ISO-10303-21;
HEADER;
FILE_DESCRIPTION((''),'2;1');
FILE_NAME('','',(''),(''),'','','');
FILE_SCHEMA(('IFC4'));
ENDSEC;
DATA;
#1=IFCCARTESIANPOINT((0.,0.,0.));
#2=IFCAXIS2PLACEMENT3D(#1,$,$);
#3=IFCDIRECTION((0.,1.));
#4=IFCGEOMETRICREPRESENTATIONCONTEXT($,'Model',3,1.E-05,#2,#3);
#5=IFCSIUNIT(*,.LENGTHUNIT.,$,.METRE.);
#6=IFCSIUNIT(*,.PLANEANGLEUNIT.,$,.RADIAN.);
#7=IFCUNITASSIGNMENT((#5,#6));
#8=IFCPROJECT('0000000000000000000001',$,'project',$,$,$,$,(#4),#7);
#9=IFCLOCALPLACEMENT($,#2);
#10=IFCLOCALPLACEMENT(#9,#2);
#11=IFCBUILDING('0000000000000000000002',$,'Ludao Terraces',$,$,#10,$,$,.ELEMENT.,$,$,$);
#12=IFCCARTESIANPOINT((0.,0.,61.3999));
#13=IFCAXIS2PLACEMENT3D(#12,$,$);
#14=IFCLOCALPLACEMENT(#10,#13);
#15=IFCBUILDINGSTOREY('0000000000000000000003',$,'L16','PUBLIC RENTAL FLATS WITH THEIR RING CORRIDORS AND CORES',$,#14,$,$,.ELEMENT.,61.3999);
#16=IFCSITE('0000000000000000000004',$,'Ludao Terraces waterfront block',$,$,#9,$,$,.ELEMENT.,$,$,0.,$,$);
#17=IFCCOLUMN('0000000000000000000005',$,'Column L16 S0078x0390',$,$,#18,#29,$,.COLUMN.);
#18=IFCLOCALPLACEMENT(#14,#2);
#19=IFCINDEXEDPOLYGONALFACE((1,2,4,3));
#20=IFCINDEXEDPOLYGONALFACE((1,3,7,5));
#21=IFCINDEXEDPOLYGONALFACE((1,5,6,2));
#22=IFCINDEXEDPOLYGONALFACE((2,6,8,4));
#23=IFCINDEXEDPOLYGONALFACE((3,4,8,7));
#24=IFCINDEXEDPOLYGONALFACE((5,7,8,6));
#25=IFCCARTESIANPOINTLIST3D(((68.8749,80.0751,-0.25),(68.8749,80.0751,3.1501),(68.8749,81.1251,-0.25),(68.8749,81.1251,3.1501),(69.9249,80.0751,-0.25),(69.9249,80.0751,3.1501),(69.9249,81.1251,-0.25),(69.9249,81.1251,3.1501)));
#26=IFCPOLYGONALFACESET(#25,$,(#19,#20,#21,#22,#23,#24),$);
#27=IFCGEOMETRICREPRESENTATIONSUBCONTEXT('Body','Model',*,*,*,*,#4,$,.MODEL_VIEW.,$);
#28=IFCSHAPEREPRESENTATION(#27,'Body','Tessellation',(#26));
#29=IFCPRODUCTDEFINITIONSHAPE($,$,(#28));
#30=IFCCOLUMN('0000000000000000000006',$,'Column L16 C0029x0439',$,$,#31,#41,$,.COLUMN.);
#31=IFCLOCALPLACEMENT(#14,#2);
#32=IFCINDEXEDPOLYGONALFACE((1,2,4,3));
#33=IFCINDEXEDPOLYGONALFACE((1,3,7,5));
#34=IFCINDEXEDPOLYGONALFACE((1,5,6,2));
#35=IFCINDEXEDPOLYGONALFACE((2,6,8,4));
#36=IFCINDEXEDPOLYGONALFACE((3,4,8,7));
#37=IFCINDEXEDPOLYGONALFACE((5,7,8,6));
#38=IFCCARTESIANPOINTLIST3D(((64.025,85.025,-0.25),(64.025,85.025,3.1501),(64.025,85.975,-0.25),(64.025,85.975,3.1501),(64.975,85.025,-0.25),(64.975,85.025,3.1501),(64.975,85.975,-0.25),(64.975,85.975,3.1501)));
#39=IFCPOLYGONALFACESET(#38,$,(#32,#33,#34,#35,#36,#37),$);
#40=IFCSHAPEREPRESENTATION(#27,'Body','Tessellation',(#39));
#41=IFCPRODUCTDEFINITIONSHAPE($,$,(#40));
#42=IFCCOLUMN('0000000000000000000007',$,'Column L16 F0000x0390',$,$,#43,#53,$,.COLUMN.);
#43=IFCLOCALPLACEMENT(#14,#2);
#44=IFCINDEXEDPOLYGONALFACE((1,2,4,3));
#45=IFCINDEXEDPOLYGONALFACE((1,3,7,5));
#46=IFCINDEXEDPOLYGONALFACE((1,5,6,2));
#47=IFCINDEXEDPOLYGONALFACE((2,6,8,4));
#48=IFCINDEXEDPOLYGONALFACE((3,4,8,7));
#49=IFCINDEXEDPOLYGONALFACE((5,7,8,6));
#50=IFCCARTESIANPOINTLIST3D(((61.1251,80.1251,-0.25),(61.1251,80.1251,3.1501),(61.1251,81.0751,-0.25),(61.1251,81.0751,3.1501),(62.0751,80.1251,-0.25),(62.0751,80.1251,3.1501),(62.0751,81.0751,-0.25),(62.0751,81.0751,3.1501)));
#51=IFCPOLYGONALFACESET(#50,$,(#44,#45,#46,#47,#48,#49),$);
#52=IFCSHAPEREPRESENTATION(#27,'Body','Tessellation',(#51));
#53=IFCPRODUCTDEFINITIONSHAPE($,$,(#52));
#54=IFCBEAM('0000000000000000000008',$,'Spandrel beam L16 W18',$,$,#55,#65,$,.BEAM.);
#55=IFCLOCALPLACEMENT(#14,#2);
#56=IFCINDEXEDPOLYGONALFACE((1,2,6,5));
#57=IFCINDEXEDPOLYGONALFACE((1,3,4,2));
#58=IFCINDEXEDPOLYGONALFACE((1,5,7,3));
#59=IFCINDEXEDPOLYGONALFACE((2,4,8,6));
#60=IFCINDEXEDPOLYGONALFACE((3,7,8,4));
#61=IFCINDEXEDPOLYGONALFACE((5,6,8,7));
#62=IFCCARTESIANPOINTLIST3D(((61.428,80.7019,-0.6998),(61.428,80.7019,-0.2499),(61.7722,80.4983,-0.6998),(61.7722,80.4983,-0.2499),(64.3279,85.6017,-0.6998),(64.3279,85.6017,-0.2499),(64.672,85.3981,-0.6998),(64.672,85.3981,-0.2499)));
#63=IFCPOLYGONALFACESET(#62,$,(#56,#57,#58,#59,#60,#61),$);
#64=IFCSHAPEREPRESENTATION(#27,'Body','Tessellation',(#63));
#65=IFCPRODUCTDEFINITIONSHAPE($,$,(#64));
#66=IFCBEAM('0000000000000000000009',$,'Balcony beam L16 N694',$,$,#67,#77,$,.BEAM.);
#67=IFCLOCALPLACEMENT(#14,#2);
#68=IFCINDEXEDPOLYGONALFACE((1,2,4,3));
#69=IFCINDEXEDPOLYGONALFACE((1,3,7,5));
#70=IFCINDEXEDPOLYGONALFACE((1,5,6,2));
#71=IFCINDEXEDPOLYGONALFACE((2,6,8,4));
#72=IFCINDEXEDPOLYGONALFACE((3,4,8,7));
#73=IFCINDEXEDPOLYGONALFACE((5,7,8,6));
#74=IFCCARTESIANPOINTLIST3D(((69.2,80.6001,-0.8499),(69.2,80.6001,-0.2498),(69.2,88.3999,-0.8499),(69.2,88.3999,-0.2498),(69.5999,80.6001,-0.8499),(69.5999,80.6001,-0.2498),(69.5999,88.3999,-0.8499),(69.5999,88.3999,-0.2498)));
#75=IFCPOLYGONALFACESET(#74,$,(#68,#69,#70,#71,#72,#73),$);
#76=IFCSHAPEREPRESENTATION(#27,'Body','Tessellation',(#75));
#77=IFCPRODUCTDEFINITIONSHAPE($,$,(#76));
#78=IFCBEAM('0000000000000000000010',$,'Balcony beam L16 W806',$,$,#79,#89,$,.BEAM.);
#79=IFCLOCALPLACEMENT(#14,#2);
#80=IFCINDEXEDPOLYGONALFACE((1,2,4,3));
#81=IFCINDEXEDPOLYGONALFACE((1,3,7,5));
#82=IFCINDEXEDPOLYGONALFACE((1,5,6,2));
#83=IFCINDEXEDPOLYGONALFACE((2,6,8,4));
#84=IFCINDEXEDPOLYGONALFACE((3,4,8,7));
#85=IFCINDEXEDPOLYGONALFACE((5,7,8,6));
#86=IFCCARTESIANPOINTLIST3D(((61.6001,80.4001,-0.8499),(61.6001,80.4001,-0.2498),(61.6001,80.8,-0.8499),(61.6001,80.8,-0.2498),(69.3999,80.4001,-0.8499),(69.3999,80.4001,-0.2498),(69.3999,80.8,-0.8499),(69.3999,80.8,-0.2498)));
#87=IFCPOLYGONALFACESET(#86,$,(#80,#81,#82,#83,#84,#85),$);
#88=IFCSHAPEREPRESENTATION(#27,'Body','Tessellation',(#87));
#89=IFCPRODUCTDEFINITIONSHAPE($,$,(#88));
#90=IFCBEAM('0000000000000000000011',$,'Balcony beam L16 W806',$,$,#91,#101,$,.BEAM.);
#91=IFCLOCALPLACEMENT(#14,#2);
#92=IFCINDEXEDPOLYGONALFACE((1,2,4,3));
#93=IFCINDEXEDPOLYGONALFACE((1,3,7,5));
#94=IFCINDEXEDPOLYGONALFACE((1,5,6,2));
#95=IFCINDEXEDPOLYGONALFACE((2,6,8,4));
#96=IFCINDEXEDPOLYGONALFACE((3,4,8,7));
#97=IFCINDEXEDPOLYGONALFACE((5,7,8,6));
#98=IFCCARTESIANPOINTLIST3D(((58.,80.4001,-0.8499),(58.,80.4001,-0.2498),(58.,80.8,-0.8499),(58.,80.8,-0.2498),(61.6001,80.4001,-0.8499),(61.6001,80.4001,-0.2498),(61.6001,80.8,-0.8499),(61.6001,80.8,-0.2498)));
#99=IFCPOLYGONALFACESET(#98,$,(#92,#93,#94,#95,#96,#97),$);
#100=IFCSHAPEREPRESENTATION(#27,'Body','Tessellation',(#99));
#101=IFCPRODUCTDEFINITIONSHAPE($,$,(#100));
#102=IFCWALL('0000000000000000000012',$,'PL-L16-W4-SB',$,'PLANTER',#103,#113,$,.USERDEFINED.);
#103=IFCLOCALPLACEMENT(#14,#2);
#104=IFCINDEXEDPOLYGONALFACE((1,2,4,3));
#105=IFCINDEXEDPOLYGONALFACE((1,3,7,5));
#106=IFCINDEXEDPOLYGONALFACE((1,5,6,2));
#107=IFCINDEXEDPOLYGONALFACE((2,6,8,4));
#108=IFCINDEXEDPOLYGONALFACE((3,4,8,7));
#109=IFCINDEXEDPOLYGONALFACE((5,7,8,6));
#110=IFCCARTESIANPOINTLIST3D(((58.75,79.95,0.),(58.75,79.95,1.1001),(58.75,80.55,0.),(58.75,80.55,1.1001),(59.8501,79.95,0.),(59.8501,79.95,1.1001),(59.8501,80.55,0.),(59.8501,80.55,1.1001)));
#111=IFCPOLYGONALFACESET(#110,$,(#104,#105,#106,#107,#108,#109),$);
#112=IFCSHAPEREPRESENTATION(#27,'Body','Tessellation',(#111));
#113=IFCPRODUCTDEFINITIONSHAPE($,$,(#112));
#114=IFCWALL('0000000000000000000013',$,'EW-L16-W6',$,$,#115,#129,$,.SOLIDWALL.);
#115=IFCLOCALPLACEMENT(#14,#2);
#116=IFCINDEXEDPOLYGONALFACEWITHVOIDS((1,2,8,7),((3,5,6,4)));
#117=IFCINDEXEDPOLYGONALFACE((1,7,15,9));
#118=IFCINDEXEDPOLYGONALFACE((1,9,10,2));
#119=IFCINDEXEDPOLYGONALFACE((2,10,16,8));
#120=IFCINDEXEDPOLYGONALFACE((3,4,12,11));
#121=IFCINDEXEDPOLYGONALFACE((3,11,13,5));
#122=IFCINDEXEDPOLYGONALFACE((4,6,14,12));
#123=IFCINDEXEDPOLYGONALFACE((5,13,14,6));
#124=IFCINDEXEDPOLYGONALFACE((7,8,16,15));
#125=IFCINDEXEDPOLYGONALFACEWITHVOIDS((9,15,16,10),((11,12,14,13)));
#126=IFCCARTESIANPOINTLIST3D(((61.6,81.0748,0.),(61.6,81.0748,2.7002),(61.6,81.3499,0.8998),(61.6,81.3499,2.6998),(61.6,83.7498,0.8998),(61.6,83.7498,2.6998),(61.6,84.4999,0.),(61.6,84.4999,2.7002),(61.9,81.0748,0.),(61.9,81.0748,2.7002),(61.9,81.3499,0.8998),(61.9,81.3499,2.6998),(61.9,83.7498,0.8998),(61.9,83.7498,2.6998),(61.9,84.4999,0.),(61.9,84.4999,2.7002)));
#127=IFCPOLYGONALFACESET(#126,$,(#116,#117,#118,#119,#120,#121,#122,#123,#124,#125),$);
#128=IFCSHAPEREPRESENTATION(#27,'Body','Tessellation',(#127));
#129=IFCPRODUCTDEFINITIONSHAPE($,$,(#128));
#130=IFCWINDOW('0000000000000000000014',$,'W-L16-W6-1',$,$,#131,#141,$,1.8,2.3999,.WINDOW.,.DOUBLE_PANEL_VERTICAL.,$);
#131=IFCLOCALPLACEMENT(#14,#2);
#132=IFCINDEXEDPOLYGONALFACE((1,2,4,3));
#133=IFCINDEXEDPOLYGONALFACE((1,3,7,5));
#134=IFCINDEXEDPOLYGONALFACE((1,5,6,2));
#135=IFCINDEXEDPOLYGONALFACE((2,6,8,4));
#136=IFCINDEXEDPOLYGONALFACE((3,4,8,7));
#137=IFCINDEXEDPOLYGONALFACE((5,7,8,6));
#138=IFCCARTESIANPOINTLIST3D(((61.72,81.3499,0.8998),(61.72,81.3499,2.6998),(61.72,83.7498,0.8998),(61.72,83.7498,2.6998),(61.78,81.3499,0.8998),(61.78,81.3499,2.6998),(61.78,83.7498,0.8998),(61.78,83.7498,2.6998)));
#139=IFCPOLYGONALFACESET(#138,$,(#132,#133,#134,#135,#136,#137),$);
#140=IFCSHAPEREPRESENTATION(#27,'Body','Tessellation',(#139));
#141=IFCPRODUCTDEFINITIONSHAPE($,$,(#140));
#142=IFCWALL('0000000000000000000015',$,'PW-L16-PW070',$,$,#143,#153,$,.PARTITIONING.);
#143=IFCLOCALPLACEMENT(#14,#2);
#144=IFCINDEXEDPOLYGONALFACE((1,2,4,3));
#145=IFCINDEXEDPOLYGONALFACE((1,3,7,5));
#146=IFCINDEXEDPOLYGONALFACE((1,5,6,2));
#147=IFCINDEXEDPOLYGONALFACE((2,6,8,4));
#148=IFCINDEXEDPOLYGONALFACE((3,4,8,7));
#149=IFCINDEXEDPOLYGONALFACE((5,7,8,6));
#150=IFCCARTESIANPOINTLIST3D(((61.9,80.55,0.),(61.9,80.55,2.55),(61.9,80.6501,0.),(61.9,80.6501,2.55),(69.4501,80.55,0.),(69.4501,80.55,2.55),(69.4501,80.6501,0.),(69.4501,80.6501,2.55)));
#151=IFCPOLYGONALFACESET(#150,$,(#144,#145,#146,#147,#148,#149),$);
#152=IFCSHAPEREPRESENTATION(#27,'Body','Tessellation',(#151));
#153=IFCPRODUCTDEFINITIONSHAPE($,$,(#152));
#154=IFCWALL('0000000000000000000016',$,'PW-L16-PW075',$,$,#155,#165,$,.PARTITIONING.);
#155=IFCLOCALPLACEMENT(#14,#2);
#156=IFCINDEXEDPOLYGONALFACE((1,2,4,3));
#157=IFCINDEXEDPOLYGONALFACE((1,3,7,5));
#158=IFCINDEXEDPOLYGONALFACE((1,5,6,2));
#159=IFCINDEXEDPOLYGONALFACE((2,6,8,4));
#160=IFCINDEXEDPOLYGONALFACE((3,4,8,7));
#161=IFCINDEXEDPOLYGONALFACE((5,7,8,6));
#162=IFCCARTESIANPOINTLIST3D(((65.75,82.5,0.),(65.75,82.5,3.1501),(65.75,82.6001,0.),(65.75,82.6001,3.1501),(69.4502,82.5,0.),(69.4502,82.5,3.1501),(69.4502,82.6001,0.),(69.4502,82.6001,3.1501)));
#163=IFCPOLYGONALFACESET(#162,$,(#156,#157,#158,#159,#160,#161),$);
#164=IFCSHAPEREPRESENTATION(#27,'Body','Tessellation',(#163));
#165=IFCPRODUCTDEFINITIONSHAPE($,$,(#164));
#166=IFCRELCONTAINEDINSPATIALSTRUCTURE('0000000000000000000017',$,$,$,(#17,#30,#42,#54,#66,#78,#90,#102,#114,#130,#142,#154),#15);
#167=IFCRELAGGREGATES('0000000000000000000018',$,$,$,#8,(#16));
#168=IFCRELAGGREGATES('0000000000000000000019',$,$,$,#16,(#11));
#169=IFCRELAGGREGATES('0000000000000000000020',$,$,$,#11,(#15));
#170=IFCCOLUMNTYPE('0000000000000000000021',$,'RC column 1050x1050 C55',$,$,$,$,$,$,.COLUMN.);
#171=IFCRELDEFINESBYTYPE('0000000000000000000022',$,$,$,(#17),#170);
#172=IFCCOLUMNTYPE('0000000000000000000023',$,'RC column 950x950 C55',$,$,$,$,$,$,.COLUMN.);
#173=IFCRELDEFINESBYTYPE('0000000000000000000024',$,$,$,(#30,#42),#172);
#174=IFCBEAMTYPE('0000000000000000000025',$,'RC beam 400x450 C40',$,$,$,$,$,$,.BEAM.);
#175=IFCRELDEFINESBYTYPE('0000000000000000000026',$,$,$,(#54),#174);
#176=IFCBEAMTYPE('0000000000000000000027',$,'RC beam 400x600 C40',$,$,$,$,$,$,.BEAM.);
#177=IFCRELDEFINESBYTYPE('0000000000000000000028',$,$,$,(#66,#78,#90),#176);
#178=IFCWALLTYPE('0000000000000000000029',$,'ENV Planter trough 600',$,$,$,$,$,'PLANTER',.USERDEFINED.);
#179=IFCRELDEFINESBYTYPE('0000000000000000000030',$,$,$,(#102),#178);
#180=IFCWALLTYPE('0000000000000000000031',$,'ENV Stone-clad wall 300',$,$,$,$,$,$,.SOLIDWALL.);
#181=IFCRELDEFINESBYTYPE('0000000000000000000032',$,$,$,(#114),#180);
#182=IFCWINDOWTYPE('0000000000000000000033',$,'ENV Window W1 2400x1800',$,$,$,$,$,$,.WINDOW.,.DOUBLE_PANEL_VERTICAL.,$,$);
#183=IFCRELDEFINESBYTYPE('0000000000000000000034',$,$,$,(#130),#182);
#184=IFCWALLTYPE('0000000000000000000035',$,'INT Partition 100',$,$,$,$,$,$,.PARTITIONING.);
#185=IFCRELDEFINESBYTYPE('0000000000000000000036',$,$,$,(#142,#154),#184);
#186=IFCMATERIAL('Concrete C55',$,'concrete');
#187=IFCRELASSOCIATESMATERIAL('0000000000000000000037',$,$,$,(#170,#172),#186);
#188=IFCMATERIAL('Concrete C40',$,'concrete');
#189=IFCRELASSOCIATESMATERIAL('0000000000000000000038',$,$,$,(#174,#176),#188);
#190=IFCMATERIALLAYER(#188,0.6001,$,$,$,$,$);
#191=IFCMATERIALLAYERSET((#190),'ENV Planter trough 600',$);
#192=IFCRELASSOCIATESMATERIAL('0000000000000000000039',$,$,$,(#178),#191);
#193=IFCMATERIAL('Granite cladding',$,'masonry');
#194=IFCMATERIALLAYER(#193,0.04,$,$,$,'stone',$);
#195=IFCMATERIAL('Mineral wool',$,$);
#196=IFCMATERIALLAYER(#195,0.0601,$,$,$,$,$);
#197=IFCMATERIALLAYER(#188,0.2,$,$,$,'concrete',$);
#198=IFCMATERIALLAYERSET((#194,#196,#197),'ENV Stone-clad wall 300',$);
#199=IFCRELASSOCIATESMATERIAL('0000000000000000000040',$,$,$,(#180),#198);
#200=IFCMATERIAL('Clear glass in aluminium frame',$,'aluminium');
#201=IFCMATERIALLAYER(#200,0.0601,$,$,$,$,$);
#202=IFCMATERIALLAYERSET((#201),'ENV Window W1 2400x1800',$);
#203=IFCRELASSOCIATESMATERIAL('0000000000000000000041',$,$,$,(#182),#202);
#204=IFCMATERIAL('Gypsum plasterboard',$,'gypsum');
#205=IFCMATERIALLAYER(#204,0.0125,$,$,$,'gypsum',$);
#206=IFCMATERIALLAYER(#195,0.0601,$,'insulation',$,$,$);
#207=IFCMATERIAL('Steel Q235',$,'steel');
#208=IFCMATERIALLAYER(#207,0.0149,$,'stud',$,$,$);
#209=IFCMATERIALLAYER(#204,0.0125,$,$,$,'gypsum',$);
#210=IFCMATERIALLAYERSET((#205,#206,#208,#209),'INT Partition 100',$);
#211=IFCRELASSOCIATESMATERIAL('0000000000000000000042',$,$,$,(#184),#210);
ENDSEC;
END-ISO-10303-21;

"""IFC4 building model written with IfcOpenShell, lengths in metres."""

from ifc_helpers import new_model, si_unit, direction, frame, frame_2d, origin, origin_2d, place, context, subcontext, project, spatial, rectangle, extrude, material, layer, layer_set, material_profile, profile_set, type_object, element, fill, save


model = new_model("IFC4")

# Units and contexts
model_context = context("Model", 3, precision=1e-05, world=origin(), true_north=direction((0.0, 1.0)))
body_context = subcontext(model_context, "Body", "Model", "MODEL_VIEW")
ifc_project = project(units=[si_unit("LENGTHUNIT", "METRE"), si_unit("PLANEANGLEUNIT", "RADIAN")], contexts=[model_context])

# Site, building, storey
site_placement = place(None, origin())
site = spatial("IfcSite", under=ifc_project, at=site_placement, Name="Ludao Terraces waterfront block", CompositionType="ELEMENT", RefElevation=0.0)
building_placement = place(site_placement, origin())
building = spatial("IfcBuilding", under=site, at=building_placement, Name="Ludao Terraces", CompositionType="ELEMENT")
storey_placement = place(building_placement, frame((0.0, 0.0, 61.3999)))
storey = spatial("IfcBuildingStorey", under=building, at=storey_placement, Name="L16", Description="PUBLIC RENTAL FLATS WITH THEIR RING CORRIDORS AND CORES", CompositionType="ELEMENT", Elevation=61.3999)

# Columns
ifc_material_1 = material(Name="Concrete C55", Category="concrete")
ifc_material_profile_1 = material_profile(ifc_material_1, rectangle(XDim=1.05, YDim=1.05, at=origin_2d()), Name="1050 X 1050")
ifc_profile_set_1 = profile_set([ifc_material_profile_1], Name="Concrete C55")
column_type_1 = type_object("IfcColumnType", Name="RC column 1050x1050 C55", PredefinedType="COLUMN", material=ifc_profile_set_1)
column_placement = place(storey_placement, frame((69.3999, 80.6001, -0.25), z_axis=(0.0, 0.0, 1.0), x_axis=(1.0, 0.0, 0.0)))
element("IfcColumn", 1, at=column_placement, inside=storey, type_object=column_type_1, Name="Column L16 S0078x0390", PredefinedType="COLUMN", context=body_context, shape_type="SweptSolid", body=[
    extrude(rectangle(XDim=1.05, YDim=1.05, at=origin_2d()), origin(), (0.0, 0.0, 1.0), 3.4001),
])
ifc_material_profile_2 = material_profile(ifc_material_1, rectangle(XDim=0.95, YDim=0.95, at=origin_2d()), Name="950 X 950")
ifc_profile_set_2 = profile_set([ifc_material_profile_2], Name="Concrete C55")
column_type_2 = type_object("IfcColumnType", Name="RC column 950x950 C55", PredefinedType="COLUMN", material=ifc_profile_set_2)
for number, where, z_axis, x_axis, name in (
    (2, (64.5, 85.5, -0.25), (0.0, 0.0, 1.0), (1.0, 0.0, 0.0), "Column L16 C0029x0439"),
    (3, (61.6001, 80.6001, -0.25), (0.0, 0.0, 1.0), (1.0, 0.0, 0.0), "Column L16 F0000x0390"),
):
    element("IfcColumn", number, at=place(storey_placement, frame(where, z_axis=z_axis, x_axis=x_axis)), inside=storey, type_object=column_type_2, Name=name, PredefinedType="COLUMN", context=body_context, shape_type="SweptSolid", body=[
        extrude(rectangle(XDim=0.95, YDim=0.95, at=origin_2d()), origin(), (0.0, 0.0, 1.0), 3.4001),
    ])

# Beams
ifc_material_2 = material(Name="Concrete C40", Category="concrete")
ifc_material_profile_3 = material_profile(ifc_material_2, rectangle(XDim=0.3999, YDim=0.45, at=origin_2d()), Name="400 X 450")
ifc_profile_set_3 = profile_set([ifc_material_profile_3], Name="Concrete C40")
beam_type_1 = type_object("IfcBeamType", Name="RC beam 400x450 C40", PredefinedType="BEAM", material=ifc_profile_set_3)
beam_1_placement = place(storey_placement, frame((61.6001, 80.6001, -0.4749), z_axis=(0.509316, 0.86058, 0.0), x_axis=(-0.86058, 0.509316, 0.0)))
element("IfcBeam", 4, at=beam_1_placement, inside=storey, type_object=beam_type_1, Name="Spandrel beam L16 W18", PredefinedType="BEAM", context=body_context, shape_type="SweptSolid", body=[
    extrude(rectangle(XDim=0.3999, YDim=0.45, at=origin_2d()), origin(), (0.0, 0.0, 1.0), 5.6936),
])
ifc_material_profile_4 = material_profile(ifc_material_2, rectangle(XDim=0.3999, YDim=0.6001, at=origin_2d()), Name="400 X 600")
ifc_profile_set_4 = profile_set([ifc_material_profile_4], Name="Concrete C40")
beam_type_2 = type_object("IfcBeamType", Name="RC beam 400x600 C40", PredefinedType="BEAM", material=ifc_profile_set_4)
for number, where, z_axis, x_axis, name in (
    (5, (69.3999, 80.6001, -0.5498), (0.0, 1.0, 0.0), (-1.0, 0.0, 0.0), "Balcony beam L16 N694"),
    (6, (69.3999, 80.6001, -0.5498), (-1.0, 0.0, 0.0), (0.0, -1.0, 0.0), "Balcony beam L16 W806"),
):
    element("IfcBeam", number, at=place(storey_placement, frame(where, z_axis=z_axis, x_axis=x_axis)), inside=storey, type_object=beam_type_2, Name=name, PredefinedType="BEAM", context=body_context, shape_type="SweptSolid", body=[
        extrude(rectangle(XDim=0.3999, YDim=0.6001, at=origin_2d()), origin(), (0.0, 0.0, 1.0), 7.7998),
    ])
beam_2_placement = place(storey_placement, frame((61.6001, 80.6001, -0.5498), z_axis=(-1.0, 0.0, 0.0), x_axis=(0.0, -1.0, 0.0)))
element("IfcBeam", 7, at=beam_2_placement, inside=storey, type_object=beam_type_2, Name="Balcony beam L16 W806", PredefinedType="BEAM", context=body_context, shape_type="SweptSolid", body=[
    extrude(rectangle(XDim=0.3999, YDim=0.6001, at=origin_2d()), origin(), (0.0, 0.0, 1.0), 3.6001),
])

# Wall
ifc_layer_1 = layer(ifc_material_2, 0.6001)
ifc_layer_set_1 = layer_set([ifc_layer_1], Name="ENV Planter trough 600")
wall_type_1 = type_object("IfcWallType", Name="ENV Planter trough 600", ElementType="PLANTER", PredefinedType="USERDEFINED", material=ifc_layer_set_1)
wall_1_placement = place(storey_placement, frame((58.75, 80.25, 0.0), z_axis=(0.0, 0.0, 1.0), x_axis=(1.0, 0.0, 0.0)))
element("IfcWall", 8, at=wall_1_placement, inside=storey, type_object=wall_type_1, Name="PL-L16-W4-SB", ObjectType="PLANTER", PredefinedType="USERDEFINED", context=body_context, shape_type="SweptSolid", body=[
    extrude(rectangle(XDim=1.1001, YDim=0.6001, at=frame_2d((0.55, 0.0))), origin(), (0.0, 0.0, 1.0), 1.1001),
])

# Wall, opening, window
ifc_material_3 = material(Name="Granite cladding", Category="masonry")
ifc_layer_2 = layer(ifc_material_3, 0.04, Category="stone")
ifc_material_4 = material(Name="Mineral wool")
ifc_layer_3 = layer(ifc_material_4, 0.0601)
ifc_layer_4 = layer(ifc_material_2, 0.2, Category="concrete")
ifc_layer_set_2 = layer_set([ifc_layer_2, ifc_layer_3, ifc_layer_4], Name="ENV Stone-clad wall 300")
wall_type_2 = type_object("IfcWallType", Name="ENV Stone-clad wall 300", PredefinedType="SOLIDWALL", material=ifc_layer_set_2)
wall_2_placement = place(storey_placement, frame((61.75, 81.075, 0.0), z_axis=(0.0, 0.0, 1.0), x_axis=(0.0, 1.0, 0.0)))
wall_2 = element("IfcWall", 9, at=wall_2_placement, inside=storey, type_object=wall_type_2, Name="EW-L16-W6", PredefinedType="SOLIDWALL", context=body_context, shape_type="SweptSolid", body=[
    extrude(rectangle(XDim=3.425, YDim=0.3, at=frame_2d((1.7124, 0.0))), origin(), (0.0, 0.0, 1.0), 2.7002),
])
opening_1_placement = place(wall_2_placement, frame((0.2749, 0.0, 0.8999)))
opening_1 = element("IfcOpeningElement", 10, at=opening_1_placement, cuts=wall_2, PredefinedType="OPENING", context=body_context, shape_type="SweptSolid", body=[
    extrude(rectangle(XDim=2.3999, YDim=1.8, at=frame_2d((1.2, 0.8999))), frame((0.0, 0.1602, 0.0), z_axis=(0.0, -1.0, 0.0), x_axis=(1.0, 0.0, 0.0)), (0.0, 0.0, 1.0), 0.3201),
])
ifc_material_5 = material(Name="Clear glass in aluminium frame", Category="aluminium")
ifc_layer_5 = layer(ifc_material_5, 0.0601)
ifc_layer_set_3 = layer_set([ifc_layer_5], Name="ENV Window W1 2400x1800")
window_type = type_object("IfcWindowType", Name="ENV Window W1 2400x1800", PartitioningType="DOUBLE_PANEL_VERTICAL", PredefinedType="WINDOW", material=ifc_layer_set_3)
window_placement = place(opening_1_placement, origin())
window = element("IfcWindow", 11, at=window_placement, inside=storey, type_object=window_type, Name="W-L16-W6-1", OverallHeight=1.8, OverallWidth=2.3999, PartitioningType="DOUBLE_PANEL_VERTICAL", PredefinedType="WINDOW", context=body_context, shape_type="SweptSolid", body=[
    extrude(rectangle(XDim=2.3999, YDim=1.8, at=frame_2d((1.2, 0.8999))), frame((0.0, 0.03, 0.0), z_axis=(0.0, -1.0, 0.0), x_axis=(1.0, 0.0, 0.0)), (0.0, 0.0, 1.0), 0.0601),
])
fill(opening_1, window)

# Walls
ifc_material_6 = material(Name="Gypsum plasterboard", Category="gypsum")
ifc_layer_6 = layer(ifc_material_6, 0.0125, Category="gypsum")
ifc_layer_7 = layer(ifc_material_4, 0.0601, Name="insulation")
ifc_material_7 = material(Name="Steel Q235", Category="steel")
ifc_layer_8 = layer(ifc_material_7, 0.0149, Name="stud")
ifc_layer_9 = layer(ifc_material_6, 0.0125, Category="gypsum")
ifc_layer_set_4 = layer_set([ifc_layer_6, ifc_layer_7, ifc_layer_8, ifc_layer_9], Name="INT Partition 100")
wall_type_3 = type_object("IfcWallType", Name="INT Partition 100", PredefinedType="PARTITIONING", material=ifc_layer_set_4)
wall_3_placement = place(storey_placement, frame((61.9001, 80.6001, 0.0), z_axis=(0.0, 0.0, 1.0), x_axis=(1.0, 0.0, 0.0)))
element("IfcWall", 12, at=wall_3_placement, inside=storey, type_object=wall_type_3, Name="PW-L16-PW070", PredefinedType="PARTITIONING", context=body_context, shape_type="SweptSolid", body=[
    extrude(rectangle(XDim=7.55, YDim=0.1001, at=frame_2d((3.7749, 0.0))), origin(), (0.0, 0.0, 1.0), 2.55),
])
wall_4_placement = place(storey_placement, frame((65.75, 82.55, 0.0), z_axis=(0.0, 0.0, 1.0), x_axis=(1.0, 0.0, 0.0)))
element("IfcWall", 13, at=wall_4_placement, inside=storey, type_object=wall_type_3, Name="PW-L16-PW075", PredefinedType="PARTITIONING", context=body_context, shape_type="SweptSolid", body=[
    extrude(rectangle(XDim=3.7002, YDim=0.1001, at=frame_2d((1.8501, 0.0))), origin(), (0.0, 0.0, 1.0), 3.1501),
])

save(model, "model.ifc")
